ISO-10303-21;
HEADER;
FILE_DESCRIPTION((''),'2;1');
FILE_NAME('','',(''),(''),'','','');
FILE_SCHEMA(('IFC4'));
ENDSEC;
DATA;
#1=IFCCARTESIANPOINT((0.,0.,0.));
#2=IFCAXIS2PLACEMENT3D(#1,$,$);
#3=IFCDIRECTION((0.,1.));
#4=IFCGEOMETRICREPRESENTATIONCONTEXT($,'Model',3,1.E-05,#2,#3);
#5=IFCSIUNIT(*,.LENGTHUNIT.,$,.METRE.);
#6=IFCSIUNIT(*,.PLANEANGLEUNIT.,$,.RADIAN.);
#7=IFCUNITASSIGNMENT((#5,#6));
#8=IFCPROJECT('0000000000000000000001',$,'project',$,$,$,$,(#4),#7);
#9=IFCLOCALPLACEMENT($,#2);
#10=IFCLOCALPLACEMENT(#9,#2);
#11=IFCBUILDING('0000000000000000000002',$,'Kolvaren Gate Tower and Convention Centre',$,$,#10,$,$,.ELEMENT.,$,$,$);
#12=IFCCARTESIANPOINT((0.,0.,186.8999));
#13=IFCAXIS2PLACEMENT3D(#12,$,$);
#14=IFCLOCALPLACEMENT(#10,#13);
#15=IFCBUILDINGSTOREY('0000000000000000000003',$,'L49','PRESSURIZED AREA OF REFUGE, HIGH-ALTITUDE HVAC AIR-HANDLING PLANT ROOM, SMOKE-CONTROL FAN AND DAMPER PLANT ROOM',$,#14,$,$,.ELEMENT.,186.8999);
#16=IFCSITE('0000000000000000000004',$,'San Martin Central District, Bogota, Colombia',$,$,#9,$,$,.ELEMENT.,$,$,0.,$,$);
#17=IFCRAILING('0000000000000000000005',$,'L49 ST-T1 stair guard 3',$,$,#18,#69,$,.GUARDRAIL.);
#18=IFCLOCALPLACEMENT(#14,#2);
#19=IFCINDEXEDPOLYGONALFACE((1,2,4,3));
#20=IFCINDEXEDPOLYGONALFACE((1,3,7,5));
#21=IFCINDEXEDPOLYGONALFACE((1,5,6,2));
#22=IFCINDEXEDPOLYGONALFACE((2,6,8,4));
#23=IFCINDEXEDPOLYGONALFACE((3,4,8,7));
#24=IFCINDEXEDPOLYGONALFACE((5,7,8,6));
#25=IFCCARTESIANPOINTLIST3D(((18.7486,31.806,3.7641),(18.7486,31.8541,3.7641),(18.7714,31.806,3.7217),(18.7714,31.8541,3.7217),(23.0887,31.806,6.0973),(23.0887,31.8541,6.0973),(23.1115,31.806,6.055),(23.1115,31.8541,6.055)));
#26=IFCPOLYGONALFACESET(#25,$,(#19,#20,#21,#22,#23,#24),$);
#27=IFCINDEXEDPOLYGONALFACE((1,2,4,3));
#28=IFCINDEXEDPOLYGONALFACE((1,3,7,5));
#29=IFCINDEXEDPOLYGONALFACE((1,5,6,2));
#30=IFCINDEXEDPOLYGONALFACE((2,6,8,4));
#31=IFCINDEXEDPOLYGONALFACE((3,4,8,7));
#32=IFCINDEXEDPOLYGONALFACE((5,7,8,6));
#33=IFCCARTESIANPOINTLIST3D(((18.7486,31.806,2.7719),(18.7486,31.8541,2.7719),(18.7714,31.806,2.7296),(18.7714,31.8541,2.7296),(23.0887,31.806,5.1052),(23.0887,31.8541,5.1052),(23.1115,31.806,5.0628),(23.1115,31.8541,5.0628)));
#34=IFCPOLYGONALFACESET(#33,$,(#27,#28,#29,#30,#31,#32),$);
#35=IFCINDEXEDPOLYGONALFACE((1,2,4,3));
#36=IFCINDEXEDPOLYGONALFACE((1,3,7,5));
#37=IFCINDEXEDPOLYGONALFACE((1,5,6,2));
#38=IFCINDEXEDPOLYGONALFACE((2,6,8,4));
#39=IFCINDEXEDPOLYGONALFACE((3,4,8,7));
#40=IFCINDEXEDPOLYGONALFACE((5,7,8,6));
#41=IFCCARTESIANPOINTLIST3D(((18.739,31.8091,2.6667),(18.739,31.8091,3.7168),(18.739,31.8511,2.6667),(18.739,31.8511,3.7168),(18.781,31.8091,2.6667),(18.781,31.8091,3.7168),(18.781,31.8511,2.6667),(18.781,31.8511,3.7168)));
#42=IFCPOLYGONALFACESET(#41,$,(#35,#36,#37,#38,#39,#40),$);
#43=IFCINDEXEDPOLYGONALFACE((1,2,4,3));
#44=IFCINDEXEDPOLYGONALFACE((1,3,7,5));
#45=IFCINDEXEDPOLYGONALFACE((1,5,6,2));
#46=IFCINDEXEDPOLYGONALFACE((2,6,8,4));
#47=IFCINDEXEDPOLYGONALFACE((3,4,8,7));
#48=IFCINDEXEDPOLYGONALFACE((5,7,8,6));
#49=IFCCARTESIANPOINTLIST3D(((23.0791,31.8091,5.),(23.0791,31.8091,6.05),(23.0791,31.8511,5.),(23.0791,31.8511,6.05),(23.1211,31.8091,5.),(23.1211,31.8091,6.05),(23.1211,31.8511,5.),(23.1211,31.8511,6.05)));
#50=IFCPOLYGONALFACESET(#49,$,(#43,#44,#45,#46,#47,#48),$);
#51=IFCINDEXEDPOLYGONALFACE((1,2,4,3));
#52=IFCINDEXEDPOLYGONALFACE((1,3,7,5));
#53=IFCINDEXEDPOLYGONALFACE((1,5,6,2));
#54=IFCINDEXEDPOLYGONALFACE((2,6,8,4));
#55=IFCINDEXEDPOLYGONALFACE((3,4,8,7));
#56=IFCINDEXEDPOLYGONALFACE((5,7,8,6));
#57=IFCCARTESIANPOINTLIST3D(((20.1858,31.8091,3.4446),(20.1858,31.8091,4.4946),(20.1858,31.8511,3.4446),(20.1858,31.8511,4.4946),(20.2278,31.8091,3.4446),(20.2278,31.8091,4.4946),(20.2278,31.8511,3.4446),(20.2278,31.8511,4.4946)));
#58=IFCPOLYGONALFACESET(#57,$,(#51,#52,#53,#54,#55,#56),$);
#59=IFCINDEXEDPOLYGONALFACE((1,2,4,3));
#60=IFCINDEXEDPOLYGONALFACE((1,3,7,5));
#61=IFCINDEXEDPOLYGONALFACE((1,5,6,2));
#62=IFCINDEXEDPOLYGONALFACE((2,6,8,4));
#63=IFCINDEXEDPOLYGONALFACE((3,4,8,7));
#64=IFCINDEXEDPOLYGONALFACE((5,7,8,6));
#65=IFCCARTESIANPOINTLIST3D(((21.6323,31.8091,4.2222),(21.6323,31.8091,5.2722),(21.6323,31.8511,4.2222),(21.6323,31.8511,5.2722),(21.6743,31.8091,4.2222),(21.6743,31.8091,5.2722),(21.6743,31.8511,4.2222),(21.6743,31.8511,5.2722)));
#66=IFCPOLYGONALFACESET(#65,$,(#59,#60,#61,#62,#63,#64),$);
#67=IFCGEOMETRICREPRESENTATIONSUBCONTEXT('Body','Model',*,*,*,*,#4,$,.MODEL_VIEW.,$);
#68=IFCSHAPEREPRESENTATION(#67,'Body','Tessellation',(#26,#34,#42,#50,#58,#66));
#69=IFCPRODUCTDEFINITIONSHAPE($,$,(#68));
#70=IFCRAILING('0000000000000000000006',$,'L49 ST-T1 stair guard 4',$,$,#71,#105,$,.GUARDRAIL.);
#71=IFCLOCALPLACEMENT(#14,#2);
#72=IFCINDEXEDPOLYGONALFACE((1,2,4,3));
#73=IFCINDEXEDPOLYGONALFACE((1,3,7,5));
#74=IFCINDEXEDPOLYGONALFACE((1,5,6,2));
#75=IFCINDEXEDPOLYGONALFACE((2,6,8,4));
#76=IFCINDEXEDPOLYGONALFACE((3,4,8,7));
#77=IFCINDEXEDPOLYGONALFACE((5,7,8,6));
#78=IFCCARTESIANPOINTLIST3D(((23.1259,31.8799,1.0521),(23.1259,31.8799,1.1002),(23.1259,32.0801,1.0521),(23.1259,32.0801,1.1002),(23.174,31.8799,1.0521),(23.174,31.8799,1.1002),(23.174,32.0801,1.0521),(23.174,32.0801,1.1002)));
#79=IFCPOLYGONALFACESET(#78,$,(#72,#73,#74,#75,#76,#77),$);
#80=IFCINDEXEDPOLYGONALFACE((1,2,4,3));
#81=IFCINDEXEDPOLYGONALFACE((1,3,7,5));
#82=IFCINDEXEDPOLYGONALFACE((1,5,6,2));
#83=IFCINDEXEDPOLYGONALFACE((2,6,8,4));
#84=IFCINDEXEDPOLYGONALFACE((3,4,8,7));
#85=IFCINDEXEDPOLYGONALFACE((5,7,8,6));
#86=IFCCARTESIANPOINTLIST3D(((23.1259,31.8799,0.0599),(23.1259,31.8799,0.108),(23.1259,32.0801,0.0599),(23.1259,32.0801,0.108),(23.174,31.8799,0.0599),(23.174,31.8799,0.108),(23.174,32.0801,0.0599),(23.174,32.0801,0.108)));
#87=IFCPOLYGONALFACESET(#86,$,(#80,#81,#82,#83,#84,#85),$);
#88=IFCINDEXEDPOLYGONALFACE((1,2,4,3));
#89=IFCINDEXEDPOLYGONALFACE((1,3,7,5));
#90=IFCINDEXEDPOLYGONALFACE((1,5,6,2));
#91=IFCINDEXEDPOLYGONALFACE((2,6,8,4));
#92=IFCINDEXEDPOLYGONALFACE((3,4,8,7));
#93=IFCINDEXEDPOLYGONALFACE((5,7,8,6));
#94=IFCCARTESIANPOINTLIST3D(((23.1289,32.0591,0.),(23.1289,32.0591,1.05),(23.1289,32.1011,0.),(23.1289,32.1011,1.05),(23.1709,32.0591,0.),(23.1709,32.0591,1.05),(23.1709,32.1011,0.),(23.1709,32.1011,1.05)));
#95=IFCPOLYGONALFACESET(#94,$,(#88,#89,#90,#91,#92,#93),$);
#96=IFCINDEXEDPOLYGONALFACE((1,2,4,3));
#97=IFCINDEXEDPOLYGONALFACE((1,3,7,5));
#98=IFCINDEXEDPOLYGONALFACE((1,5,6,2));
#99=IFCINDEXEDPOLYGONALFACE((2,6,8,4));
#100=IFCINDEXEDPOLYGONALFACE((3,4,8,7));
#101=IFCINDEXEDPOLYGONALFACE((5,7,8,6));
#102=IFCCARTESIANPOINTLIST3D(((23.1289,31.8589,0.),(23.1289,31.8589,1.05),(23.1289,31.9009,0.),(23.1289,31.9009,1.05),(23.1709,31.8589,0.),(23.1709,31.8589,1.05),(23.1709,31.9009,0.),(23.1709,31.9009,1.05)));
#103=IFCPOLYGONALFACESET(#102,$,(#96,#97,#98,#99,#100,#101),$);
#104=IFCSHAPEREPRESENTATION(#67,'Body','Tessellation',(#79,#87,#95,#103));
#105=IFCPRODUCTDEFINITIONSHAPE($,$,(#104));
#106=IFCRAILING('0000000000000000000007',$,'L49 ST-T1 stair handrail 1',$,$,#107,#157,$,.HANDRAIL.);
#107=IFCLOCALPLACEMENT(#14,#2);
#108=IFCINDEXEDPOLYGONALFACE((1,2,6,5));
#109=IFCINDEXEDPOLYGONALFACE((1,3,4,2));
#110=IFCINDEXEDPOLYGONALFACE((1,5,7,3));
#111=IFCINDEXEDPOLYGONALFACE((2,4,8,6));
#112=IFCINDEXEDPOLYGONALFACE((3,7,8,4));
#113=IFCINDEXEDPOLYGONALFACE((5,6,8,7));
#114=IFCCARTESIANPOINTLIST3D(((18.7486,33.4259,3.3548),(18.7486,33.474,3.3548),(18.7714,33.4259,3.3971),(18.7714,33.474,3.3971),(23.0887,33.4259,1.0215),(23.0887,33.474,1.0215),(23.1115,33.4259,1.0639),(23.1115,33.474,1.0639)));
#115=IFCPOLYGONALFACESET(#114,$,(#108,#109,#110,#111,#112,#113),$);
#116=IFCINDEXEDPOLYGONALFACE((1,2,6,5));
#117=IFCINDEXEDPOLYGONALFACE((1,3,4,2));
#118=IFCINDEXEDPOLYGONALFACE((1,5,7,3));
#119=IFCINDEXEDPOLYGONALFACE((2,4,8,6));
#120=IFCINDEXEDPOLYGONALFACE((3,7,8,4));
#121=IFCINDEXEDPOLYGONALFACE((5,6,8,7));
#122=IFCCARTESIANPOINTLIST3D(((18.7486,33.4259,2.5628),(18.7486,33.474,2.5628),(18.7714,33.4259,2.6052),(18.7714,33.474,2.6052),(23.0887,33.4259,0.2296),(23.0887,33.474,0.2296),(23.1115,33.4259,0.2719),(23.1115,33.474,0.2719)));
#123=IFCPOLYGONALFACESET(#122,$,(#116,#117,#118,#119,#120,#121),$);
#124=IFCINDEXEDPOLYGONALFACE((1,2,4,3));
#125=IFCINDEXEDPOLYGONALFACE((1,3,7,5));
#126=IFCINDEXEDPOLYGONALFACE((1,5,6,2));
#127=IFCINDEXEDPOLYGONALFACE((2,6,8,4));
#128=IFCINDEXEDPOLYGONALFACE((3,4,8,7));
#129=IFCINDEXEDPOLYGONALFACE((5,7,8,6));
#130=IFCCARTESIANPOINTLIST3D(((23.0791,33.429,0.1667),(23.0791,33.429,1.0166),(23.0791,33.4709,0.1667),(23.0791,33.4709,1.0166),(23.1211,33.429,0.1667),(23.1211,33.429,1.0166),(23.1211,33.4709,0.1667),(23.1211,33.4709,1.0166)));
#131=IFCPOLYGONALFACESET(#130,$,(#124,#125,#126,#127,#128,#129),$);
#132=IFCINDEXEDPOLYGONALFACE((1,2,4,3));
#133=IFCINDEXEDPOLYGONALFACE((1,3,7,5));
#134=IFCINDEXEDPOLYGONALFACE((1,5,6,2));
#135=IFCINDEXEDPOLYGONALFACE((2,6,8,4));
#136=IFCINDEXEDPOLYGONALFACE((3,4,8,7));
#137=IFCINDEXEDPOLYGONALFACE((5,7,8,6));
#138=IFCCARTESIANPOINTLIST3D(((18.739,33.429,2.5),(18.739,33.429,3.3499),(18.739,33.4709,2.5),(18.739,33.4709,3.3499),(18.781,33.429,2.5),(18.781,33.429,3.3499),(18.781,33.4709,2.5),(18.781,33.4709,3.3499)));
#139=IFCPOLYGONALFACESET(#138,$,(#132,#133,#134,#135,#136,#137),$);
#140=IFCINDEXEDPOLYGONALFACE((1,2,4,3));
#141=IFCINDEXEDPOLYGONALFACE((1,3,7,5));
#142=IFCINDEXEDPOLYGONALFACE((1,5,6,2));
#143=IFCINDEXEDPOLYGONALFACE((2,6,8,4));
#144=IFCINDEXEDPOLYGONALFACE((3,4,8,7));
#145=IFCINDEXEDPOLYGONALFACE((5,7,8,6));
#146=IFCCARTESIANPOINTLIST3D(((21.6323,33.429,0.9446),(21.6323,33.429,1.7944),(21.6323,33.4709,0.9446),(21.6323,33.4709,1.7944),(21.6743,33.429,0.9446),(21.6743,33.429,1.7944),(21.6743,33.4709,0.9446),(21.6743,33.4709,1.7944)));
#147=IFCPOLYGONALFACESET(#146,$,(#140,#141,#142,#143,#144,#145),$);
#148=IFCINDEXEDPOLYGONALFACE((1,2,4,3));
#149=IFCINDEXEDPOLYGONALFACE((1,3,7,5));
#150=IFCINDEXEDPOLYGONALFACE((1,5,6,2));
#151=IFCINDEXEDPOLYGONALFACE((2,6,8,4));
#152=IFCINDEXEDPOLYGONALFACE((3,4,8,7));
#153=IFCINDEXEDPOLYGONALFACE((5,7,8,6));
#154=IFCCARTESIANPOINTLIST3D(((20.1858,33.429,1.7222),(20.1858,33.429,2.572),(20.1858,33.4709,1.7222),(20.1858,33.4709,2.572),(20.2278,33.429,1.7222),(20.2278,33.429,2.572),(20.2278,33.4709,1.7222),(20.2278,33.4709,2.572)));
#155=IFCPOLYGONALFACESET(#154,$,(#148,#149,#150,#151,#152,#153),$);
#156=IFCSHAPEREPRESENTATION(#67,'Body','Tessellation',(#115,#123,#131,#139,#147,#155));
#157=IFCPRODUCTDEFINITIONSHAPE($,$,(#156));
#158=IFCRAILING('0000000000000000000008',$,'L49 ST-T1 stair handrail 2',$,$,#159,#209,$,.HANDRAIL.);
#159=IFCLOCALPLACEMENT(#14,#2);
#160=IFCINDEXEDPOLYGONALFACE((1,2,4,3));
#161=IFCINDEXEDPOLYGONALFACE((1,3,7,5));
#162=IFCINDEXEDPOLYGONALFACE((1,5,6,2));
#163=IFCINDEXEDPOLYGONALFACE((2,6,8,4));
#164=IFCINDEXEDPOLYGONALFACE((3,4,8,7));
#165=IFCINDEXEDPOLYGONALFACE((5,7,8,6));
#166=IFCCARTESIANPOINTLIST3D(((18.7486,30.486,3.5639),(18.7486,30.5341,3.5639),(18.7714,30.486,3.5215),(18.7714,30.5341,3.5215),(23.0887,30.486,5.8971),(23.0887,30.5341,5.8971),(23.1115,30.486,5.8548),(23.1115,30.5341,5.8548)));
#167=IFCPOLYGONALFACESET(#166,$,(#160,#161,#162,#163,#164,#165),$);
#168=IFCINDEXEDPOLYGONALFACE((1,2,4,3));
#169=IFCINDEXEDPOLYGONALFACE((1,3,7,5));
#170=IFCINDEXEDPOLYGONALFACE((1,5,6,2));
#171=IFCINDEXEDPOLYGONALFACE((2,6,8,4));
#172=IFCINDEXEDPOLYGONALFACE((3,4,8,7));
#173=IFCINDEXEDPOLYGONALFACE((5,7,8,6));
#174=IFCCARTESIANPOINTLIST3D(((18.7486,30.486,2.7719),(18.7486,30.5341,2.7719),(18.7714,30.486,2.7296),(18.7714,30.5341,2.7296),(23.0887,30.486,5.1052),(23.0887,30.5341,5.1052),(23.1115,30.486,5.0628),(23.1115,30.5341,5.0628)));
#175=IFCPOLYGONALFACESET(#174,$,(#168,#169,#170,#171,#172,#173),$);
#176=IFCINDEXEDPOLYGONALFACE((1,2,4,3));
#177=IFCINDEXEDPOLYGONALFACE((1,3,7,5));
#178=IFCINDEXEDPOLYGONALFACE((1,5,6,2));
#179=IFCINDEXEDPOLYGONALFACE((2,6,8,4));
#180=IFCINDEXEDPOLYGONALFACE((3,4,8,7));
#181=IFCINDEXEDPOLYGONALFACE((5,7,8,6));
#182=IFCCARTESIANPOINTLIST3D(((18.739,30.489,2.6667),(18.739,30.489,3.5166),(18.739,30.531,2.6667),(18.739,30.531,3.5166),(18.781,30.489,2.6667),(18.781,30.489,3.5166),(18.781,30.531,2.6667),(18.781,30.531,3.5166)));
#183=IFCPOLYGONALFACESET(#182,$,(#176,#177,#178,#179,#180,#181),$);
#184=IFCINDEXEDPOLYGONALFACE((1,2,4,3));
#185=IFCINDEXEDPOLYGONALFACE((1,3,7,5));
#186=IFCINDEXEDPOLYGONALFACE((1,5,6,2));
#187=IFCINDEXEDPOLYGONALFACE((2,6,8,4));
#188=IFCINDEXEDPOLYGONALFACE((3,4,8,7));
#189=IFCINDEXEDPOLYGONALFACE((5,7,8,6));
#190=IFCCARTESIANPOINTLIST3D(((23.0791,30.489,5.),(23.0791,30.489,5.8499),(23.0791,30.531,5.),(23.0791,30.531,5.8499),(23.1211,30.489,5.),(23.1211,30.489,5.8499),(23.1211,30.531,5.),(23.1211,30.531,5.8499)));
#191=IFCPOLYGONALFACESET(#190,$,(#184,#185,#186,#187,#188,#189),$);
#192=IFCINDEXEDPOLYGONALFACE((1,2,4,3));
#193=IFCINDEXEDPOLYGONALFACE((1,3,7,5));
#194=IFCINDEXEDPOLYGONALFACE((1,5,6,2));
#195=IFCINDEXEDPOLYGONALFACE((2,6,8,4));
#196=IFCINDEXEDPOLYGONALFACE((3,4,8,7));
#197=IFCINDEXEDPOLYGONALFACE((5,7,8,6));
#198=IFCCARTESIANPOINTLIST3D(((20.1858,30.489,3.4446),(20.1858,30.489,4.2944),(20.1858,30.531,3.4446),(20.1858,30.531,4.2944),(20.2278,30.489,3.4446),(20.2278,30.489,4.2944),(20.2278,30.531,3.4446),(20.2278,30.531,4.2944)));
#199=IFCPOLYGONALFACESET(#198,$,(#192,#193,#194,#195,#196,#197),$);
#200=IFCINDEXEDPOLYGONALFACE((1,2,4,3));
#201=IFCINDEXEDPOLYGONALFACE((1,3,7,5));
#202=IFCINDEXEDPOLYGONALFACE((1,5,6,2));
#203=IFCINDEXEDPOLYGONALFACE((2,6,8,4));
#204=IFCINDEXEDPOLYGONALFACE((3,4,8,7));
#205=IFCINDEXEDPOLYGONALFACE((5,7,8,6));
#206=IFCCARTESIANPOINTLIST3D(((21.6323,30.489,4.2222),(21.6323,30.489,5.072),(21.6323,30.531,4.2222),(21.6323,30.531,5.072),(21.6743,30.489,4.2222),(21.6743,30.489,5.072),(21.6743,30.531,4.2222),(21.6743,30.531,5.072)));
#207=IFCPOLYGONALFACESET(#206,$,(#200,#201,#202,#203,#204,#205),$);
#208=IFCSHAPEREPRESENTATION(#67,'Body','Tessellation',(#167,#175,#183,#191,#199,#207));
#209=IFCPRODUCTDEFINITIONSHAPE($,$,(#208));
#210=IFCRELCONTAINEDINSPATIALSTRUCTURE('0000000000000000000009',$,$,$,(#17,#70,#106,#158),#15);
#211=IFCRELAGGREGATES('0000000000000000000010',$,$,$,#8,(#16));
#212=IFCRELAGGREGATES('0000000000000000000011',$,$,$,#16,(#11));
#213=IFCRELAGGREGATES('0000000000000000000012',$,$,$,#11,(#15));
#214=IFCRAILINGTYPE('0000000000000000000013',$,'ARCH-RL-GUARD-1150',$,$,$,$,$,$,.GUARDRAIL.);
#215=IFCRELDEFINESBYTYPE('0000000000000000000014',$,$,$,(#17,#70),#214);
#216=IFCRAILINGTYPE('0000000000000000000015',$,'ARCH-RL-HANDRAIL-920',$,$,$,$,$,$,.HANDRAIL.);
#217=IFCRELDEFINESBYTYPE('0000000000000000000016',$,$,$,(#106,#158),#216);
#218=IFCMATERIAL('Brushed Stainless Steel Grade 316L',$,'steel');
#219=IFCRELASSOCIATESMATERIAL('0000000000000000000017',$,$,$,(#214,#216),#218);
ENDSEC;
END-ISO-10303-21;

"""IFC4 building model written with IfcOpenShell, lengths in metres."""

from ifc_helpers import new_model, si_unit, direction, frame, origin, origin_2d, place, context, subcontext, project, spatial, rectangle, extrude, material, type_object, element, save


model = new_model("IFC4")

# Units and contexts
model_context = context("Model", 3, precision=1e-05, world=origin(), true_north=direction((0.0, 1.0)))
body_context = subcontext(model_context, "Body", "Model", "MODEL_VIEW")
ifc_project = project(units=[si_unit("LENGTHUNIT", "METRE"), si_unit("PLANEANGLEUNIT", "RADIAN")], contexts=[model_context])

# Site, building, storey
site_placement = place(None, origin())
site = spatial("IfcSite", under=ifc_project, at=site_placement, Name="San Martin Central District, Bogota, Colombia", CompositionType="ELEMENT", RefElevation=0.0)
building_placement = place(site_placement, origin())
building = spatial("IfcBuilding", under=site, at=building_placement, Name="Kolvaren Gate Tower and Convention Centre", CompositionType="ELEMENT")
storey_placement = place(building_placement, frame((0.0, 0.0, 186.8999)))
storey = spatial("IfcBuildingStorey", under=building, at=storey_placement, Name="L49", Description="PRESSURIZED AREA OF REFUGE, HIGH-ALTITUDE HVAC AIR-HANDLING PLANT ROOM, SMOKE-CONTROL FAN AND DAMPER PLANT ROOM", CompositionType="ELEMENT", Elevation=186.8999)

# Shared definitions
ifc_material_1 = material(Name="Brushed Stainless Steel Grade 316L", Category="steel")

# Railings
railing_type_1 = type_object("IfcRailingType", Name="ARCH-RL-GUARD-1150", PredefinedType="GUARDRAIL", material=ifc_material_1)
railing_1_placement = place(storey_placement, frame((18.76, 31.8301, 2.6667)))
element("IfcRailing", 1, at=railing_1_placement, inside=storey, type_object=railing_type_1, Name="L49 ST-T1 stair guard 3", PredefinedType="GUARDRAIL", context=body_context, shape_type="SweptSolid", body=[
    extrude(rectangle(XDim=0.0481, YDim=0.0481, at=origin_2d()), frame((0.0, 0.0, 1.0762), z_axis=(0.880786, 0.0, 0.473515), x_axis=(0.0, 1.0, 0.0)), (0.0, 0.0, 1.0), 4.9275),
    extrude(rectangle(XDim=0.0481, YDim=0.0481, at=origin_2d()), frame((0.0, 0.0, 0.084), z_axis=(0.880786, 0.0, 0.473515), x_axis=(0.0, 1.0, 0.0)), (0.0, 0.0, 1.0), 4.9275),
    extrude(rectangle(XDim=0.042, YDim=0.042, at=origin_2d()), origin(), (0.0, 0.0, 1.0), 1.05),
    extrude(rectangle(XDim=0.042, YDim=0.042, at=origin_2d()), frame((4.3401, 0.0, 2.3333)), (0.0, 0.0, 1.0), 1.05),
    extrude(rectangle(XDim=0.042, YDim=0.042, at=origin_2d()), frame((1.4468, 0.0, 0.7778)), (0.0, 0.0, 1.0), 1.05),
    extrude(rectangle(XDim=0.042, YDim=0.042, at=origin_2d()), frame((2.8933, 0.0, 1.5554)), (0.0, 0.0, 1.0), 1.05),
])
railing_2_placement = place(storey_placement, frame((23.1499, 32.0801, 0.0)))
element("IfcRailing", 2, at=railing_2_placement, inside=storey, type_object=railing_type_1, Name="L49 ST-T1 stair guard 4", PredefinedType="GUARDRAIL", context=body_context, shape_type="SweptSolid", body=[
    extrude(rectangle(XDim=0.0481, YDim=0.0481, at=origin_2d()), frame((0.0, 0.0, 1.0762), z_axis=(0.0, -1.0, 0.0), x_axis=(1.0, 0.0, 0.0)), (0.0, 0.0, 1.0), 0.2002),
    extrude(rectangle(XDim=0.0481, YDim=0.0481, at=origin_2d()), frame((0.0, 0.0, 0.084), z_axis=(0.0, -1.0, 0.0), x_axis=(1.0, 0.0, 0.0)), (0.0, 0.0, 1.0), 0.2002),
    extrude(rectangle(XDim=0.042, YDim=0.042, at=origin_2d()), origin(), (0.0, 0.0, 1.0), 1.05),
    extrude(rectangle(XDim=0.042, YDim=0.042, at=origin_2d()), frame((0.0, -0.2002, 0.0)), (0.0, 0.0, 1.0), 1.05),
])
railing_type_2 = type_object("IfcRailingType", Name="ARCH-RL-HANDRAIL-920", PredefinedType="HANDRAIL", material=ifc_material_1)
railing_3_placement = place(storey_placement, frame((23.1001, 33.45, 0.1667)))
element("IfcRailing", 3, at=railing_3_placement, inside=storey, type_object=railing_type_2, Name="L49 ST-T1 stair handrail 1", PredefinedType="HANDRAIL", context=body_context, shape_type="SweptSolid", body=[
    extrude(rectangle(XDim=0.0481, YDim=0.0481, at=origin_2d()), frame((0.0, 0.0, 0.876), z_axis=(-0.880786, 0.0, 0.473515), x_axis=(0.0, -1.0, 0.0)), (0.0, 0.0, 1.0), 4.9275),
    extrude(rectangle(XDim=0.0481, YDim=0.0481, at=origin_2d()), frame((0.0, 0.0, 0.084), z_axis=(-0.880786, 0.0, 0.473515), x_axis=(0.0, -1.0, 0.0)), (0.0, 0.0, 1.0), 4.9275),
    extrude(rectangle(XDim=0.042, YDim=0.042, at=origin_2d()), origin(), (0.0, 0.0, 1.0), 0.8499),
    extrude(rectangle(XDim=0.042, YDim=0.042, at=origin_2d()), frame((-4.3401, 0.0, 2.3333)), (0.0, 0.0, 1.0), 0.8499),
    extrude(rectangle(XDim=0.042, YDim=0.042, at=origin_2d()), frame((-1.4468, 0.0, 0.7778)), (0.0, 0.0, 1.0), 0.8499),
    extrude(rectangle(XDim=0.042, YDim=0.042, at=origin_2d()), frame((-2.8933, 0.0, 1.5554)), (0.0, 0.0, 1.0), 0.8499),
])
railing_4_placement = place(storey_placement, frame((18.76, 30.51, 2.6667)))
element("IfcRailing", 4, at=railing_4_placement, inside=storey, type_object=railing_type_2, Name="L49 ST-T1 stair handrail 2", PredefinedType="HANDRAIL", context=body_context, shape_type="SweptSolid", body=[
    extrude(rectangle(XDim=0.0481, YDim=0.0481, at=origin_2d()), frame((0.0, 0.0, 0.876), z_axis=(0.880786, 0.0, 0.473515), x_axis=(0.0, 1.0, 0.0)), (0.0, 0.0, 1.0), 4.9275),
    extrude(rectangle(XDim=0.0481, YDim=0.0481, at=origin_2d()), frame((0.0, 0.0, 0.084), z_axis=(0.880786, 0.0, 0.473515), x_axis=(0.0, 1.0, 0.0)), (0.0, 0.0, 1.0), 4.9275),
    extrude(rectangle(XDim=0.042, YDim=0.042, at=origin_2d()), origin(), (0.0, 0.0, 1.0), 0.8499),
    extrude(rectangle(XDim=0.042, YDim=0.042, at=origin_2d()), frame((4.3401, 0.0, 2.3333)), (0.0, 0.0, 1.0), 0.8499),
    extrude(rectangle(XDim=0.042, YDim=0.042, at=origin_2d()), frame((1.4468, 0.0, 0.7778)), (0.0, 0.0, 1.0), 0.8499),
    extrude(rectangle(XDim=0.042, YDim=0.042, at=origin_2d()), frame((2.8933, 0.0, 1.5554)), (0.0, 0.0, 1.0), 0.8499),
])

save(model, "model.ifc")
